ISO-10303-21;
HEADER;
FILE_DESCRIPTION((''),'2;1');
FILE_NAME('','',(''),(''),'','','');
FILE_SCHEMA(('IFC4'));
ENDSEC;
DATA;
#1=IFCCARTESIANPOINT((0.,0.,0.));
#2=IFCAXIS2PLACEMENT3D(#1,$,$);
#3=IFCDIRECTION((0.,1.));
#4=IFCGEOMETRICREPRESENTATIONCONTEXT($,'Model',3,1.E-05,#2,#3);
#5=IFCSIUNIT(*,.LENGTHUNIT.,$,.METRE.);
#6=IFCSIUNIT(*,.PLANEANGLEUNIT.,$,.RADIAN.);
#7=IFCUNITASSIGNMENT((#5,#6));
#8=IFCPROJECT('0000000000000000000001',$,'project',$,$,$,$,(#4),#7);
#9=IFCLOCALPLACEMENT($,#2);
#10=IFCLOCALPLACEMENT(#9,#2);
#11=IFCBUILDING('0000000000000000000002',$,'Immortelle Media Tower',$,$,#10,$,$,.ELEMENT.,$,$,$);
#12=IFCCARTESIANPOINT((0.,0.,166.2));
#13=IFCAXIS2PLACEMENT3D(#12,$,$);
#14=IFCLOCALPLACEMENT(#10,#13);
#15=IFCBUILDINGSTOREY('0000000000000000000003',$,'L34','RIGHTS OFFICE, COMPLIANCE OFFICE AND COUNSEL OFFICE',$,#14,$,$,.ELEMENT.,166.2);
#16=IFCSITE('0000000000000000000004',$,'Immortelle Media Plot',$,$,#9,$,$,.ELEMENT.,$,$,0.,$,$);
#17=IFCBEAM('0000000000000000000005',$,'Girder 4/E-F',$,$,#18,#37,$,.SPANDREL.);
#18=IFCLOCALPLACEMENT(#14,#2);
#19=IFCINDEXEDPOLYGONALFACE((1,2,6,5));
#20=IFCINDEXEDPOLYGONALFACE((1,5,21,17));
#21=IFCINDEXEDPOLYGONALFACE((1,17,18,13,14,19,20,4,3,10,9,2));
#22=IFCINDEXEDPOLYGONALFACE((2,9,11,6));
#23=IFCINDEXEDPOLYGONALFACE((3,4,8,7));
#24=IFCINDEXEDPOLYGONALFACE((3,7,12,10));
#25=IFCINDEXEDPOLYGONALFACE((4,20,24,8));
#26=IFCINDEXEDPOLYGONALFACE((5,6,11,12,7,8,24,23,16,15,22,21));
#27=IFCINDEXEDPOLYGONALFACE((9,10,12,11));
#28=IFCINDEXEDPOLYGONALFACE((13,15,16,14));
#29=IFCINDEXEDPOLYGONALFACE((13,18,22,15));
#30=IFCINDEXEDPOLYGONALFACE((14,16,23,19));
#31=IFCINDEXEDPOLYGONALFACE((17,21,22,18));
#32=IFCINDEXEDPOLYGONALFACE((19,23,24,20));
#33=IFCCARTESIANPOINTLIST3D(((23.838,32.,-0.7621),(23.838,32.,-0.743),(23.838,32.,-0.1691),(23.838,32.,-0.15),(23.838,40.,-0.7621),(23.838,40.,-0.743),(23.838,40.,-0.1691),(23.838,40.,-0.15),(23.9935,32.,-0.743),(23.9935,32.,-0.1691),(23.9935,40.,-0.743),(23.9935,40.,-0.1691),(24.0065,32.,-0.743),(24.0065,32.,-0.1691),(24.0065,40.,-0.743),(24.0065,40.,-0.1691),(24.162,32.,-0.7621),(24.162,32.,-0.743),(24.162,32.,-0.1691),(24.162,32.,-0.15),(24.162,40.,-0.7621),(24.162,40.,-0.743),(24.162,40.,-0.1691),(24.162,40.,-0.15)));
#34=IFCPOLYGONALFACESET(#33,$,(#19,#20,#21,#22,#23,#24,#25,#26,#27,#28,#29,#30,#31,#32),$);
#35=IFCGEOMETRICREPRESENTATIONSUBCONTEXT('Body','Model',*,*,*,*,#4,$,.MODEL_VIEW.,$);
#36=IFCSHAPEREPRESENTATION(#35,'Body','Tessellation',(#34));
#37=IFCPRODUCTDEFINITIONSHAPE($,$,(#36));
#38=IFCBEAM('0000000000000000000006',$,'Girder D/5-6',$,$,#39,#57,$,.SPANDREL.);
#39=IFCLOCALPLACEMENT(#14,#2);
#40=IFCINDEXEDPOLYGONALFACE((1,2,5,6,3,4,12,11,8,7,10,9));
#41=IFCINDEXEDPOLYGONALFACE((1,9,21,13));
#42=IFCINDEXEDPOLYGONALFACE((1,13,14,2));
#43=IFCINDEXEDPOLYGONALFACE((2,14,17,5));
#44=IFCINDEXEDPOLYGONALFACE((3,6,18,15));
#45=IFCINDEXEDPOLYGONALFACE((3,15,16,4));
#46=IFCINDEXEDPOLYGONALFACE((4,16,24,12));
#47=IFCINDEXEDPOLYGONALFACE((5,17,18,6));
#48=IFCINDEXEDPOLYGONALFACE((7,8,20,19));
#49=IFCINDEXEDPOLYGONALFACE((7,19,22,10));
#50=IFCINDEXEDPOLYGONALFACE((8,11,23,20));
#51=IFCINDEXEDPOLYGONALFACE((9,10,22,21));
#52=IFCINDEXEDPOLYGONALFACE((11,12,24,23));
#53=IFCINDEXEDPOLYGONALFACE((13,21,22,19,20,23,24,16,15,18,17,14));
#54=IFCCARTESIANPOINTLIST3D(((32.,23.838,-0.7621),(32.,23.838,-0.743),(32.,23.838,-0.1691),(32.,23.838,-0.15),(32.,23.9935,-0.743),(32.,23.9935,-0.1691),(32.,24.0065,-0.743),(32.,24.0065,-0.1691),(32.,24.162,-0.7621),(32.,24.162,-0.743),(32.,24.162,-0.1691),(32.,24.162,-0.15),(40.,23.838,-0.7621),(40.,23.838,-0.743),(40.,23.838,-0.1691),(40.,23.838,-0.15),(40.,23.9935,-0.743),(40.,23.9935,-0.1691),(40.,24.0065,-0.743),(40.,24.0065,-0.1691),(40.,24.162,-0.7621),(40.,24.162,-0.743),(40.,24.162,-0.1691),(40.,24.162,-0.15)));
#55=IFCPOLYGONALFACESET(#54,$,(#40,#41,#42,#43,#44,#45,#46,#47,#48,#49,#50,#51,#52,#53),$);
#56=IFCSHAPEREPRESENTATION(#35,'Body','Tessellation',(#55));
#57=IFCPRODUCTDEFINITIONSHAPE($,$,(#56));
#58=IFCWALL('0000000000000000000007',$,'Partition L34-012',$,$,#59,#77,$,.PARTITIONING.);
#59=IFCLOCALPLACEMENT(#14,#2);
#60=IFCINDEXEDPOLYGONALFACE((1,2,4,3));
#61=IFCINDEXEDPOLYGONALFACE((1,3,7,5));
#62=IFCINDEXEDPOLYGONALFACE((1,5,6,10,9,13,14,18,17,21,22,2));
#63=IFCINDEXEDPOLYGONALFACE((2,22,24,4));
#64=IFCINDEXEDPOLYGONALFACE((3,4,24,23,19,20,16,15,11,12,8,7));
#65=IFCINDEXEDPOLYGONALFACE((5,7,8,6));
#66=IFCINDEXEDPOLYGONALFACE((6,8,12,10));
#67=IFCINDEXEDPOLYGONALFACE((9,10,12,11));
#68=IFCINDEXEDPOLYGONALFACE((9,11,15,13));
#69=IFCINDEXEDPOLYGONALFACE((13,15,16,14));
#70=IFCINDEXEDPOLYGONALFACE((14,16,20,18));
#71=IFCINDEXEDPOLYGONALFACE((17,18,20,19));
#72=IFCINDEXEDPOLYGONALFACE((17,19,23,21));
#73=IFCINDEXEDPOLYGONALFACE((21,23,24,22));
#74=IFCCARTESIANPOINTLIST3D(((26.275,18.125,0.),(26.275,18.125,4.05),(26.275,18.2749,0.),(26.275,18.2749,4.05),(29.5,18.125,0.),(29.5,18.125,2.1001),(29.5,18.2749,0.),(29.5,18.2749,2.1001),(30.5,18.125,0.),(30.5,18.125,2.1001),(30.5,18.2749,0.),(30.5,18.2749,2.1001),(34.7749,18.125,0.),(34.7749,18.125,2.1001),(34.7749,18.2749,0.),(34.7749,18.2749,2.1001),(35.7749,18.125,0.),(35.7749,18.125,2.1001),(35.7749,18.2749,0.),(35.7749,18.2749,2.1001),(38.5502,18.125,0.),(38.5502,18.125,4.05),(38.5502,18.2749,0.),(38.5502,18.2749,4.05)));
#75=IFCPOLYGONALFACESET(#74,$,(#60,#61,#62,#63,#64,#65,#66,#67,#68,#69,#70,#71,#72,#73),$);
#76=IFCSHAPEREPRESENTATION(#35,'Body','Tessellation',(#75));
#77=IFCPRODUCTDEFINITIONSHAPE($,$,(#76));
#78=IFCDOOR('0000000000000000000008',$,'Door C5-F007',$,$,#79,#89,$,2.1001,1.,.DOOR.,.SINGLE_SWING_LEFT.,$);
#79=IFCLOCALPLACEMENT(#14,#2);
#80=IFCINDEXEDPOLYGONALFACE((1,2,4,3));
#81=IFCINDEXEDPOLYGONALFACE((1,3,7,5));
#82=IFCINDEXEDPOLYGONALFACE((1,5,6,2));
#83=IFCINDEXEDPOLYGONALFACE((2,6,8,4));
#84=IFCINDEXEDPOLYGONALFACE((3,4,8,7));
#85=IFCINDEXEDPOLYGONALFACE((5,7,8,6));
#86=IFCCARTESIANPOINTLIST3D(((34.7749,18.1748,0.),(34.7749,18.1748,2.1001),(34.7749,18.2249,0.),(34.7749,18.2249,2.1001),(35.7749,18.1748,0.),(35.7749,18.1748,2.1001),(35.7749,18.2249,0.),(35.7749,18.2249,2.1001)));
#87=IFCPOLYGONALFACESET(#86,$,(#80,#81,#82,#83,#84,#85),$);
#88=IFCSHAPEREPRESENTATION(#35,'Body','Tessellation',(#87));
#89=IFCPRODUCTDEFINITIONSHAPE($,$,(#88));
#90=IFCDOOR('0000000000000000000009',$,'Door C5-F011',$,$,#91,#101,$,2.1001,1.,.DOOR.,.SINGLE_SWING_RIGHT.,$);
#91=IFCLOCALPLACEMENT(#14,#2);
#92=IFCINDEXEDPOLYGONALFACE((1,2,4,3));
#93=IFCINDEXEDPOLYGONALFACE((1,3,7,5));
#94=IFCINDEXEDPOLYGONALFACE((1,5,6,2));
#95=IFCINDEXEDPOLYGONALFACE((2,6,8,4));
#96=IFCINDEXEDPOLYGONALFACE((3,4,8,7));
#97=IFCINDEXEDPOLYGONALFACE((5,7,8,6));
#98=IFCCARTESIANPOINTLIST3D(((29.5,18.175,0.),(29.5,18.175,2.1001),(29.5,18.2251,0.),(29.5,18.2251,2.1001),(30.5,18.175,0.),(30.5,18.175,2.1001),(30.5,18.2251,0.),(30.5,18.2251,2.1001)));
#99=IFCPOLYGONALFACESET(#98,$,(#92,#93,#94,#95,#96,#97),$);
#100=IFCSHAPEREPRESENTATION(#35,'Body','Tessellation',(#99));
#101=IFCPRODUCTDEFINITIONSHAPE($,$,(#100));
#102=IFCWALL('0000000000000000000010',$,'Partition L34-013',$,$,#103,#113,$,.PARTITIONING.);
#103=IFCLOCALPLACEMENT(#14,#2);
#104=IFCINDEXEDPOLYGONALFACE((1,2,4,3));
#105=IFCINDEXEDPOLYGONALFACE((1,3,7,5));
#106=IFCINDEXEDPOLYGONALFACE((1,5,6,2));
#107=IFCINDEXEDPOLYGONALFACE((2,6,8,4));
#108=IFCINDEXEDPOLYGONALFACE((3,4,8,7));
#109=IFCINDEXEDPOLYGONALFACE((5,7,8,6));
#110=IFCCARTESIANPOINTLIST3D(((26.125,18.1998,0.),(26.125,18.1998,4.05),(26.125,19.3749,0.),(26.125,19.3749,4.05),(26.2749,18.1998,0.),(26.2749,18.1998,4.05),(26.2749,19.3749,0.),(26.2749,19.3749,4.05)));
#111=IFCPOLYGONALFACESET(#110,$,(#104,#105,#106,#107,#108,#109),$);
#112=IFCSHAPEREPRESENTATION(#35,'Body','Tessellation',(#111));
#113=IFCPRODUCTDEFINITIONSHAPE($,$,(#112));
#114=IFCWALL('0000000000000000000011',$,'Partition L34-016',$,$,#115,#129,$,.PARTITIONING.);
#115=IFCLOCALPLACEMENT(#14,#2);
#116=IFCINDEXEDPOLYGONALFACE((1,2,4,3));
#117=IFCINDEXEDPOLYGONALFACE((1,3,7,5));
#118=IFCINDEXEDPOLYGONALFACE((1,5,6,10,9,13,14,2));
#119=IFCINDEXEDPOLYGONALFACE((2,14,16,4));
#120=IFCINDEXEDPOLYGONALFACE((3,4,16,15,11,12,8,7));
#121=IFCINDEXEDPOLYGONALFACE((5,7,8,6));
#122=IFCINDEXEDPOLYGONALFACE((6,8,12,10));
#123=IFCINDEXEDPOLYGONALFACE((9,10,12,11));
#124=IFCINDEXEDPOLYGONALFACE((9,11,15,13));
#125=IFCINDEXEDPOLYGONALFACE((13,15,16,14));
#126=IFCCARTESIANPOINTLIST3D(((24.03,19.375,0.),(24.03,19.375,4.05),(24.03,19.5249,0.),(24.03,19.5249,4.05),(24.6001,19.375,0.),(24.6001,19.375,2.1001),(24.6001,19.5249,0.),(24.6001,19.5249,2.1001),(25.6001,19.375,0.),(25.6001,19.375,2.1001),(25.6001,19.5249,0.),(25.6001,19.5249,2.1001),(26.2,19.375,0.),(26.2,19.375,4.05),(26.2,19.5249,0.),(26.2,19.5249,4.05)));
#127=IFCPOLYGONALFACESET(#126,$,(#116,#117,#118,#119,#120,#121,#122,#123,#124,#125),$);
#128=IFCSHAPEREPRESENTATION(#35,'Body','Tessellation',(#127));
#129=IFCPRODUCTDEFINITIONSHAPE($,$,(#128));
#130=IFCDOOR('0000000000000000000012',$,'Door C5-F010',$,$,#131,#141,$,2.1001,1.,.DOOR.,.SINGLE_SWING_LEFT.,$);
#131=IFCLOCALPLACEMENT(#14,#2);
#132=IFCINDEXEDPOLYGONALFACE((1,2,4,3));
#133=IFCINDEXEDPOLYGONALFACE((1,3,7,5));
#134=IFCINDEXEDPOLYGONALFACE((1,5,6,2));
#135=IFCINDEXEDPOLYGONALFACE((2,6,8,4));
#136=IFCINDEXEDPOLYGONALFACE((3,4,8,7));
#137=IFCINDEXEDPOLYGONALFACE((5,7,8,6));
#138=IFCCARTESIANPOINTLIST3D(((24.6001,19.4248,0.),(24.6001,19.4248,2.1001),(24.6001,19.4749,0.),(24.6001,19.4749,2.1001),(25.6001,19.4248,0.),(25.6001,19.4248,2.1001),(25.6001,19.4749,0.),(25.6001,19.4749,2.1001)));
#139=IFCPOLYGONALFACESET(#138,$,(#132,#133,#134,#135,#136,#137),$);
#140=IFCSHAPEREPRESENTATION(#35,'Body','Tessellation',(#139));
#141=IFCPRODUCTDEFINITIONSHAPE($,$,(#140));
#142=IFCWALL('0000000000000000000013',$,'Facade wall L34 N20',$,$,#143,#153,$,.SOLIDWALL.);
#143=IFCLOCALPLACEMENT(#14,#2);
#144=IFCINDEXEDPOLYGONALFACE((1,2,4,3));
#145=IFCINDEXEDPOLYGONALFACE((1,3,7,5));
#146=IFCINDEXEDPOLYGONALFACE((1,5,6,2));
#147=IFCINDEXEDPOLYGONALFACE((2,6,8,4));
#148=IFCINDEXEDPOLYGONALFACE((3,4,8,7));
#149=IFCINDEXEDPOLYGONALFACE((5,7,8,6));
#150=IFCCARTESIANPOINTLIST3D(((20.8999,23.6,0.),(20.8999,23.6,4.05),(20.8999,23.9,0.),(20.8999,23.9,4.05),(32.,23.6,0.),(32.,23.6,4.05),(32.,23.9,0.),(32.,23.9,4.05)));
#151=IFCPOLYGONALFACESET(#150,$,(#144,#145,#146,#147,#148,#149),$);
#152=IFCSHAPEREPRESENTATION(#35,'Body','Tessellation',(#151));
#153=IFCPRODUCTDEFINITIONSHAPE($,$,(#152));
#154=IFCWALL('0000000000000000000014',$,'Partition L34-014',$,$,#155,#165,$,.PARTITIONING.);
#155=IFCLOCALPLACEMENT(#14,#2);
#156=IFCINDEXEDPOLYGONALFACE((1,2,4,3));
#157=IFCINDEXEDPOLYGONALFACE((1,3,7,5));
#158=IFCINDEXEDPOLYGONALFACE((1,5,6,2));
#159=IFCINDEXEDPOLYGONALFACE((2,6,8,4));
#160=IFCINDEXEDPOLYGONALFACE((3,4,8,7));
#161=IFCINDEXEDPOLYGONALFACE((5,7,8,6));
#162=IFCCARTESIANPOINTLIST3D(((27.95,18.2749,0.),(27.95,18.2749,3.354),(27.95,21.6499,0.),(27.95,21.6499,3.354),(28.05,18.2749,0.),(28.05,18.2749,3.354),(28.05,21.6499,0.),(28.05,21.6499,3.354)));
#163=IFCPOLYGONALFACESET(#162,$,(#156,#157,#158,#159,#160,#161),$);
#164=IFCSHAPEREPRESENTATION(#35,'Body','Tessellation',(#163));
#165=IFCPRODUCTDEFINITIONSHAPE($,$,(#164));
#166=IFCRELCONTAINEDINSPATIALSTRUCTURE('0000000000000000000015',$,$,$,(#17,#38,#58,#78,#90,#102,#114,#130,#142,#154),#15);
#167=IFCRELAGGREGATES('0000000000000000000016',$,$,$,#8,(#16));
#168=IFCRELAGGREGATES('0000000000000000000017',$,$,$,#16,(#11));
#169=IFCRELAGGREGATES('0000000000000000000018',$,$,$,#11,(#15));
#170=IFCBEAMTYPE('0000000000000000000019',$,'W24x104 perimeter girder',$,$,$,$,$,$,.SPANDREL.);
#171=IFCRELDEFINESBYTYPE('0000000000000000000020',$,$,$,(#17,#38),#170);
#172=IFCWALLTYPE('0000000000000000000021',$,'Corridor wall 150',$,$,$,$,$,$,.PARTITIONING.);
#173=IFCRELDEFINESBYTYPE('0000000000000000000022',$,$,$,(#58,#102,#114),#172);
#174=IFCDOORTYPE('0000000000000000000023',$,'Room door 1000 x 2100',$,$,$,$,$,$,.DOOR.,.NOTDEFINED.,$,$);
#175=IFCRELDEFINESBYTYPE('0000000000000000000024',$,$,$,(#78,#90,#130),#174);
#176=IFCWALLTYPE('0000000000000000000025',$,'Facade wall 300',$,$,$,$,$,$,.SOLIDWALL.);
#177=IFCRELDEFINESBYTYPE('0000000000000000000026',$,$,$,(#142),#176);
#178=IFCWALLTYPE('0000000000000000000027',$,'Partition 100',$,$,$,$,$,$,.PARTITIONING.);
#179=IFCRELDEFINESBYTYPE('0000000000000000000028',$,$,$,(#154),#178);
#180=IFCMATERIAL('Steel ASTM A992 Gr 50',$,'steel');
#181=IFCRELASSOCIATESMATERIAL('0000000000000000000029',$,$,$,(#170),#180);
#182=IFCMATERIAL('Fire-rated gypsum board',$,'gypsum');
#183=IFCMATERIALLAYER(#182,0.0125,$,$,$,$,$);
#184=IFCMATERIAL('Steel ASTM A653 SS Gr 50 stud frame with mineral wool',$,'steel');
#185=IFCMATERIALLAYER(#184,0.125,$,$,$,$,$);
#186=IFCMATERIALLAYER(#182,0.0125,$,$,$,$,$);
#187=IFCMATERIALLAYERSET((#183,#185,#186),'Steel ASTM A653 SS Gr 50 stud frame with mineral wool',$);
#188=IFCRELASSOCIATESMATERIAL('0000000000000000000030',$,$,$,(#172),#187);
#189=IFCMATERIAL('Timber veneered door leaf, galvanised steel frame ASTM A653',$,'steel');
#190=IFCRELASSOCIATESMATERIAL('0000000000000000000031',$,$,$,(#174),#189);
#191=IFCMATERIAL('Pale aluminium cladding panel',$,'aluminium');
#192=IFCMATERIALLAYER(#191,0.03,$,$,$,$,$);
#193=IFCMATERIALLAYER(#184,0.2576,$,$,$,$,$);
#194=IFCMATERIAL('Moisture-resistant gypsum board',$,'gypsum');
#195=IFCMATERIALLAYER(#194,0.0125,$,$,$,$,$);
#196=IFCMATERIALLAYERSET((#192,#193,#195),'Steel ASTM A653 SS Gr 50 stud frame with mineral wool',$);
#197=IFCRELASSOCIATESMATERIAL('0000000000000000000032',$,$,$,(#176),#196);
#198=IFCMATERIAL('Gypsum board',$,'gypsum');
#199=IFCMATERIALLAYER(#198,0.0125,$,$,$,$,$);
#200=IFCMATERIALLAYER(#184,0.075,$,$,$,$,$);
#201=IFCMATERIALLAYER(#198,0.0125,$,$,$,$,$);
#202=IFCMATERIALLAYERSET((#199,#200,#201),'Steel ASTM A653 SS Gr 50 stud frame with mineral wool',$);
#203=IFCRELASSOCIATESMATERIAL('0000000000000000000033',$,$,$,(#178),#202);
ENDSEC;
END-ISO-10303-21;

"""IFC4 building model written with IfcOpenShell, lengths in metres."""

from ifc_helpers import new_model, si_unit, direction, frame, frame_2d, origin, origin_2d, place, context, subcontext, project, spatial, rectangle, i_section, extrude, material, layer, layer_set, material_profile, profile_set, type_object, element, fill, save


model = new_model("IFC4")

# Units and contexts
model_context = context("Model", 3, precision=1e-05, world=origin(), true_north=direction((0.0, 1.0)))
body_context = subcontext(model_context, "Body", "Model", "MODEL_VIEW")
ifc_project = project(units=[si_unit("LENGTHUNIT", "METRE"), si_unit("PLANEANGLEUNIT", "RADIAN")], contexts=[model_context])

# Site, building, storey
site_placement = place(None, origin())
site = spatial("IfcSite", under=ifc_project, at=site_placement, Name="Immortelle Media Plot", CompositionType="ELEMENT", RefElevation=0.0)
building_placement = place(site_placement, origin())
building = spatial("IfcBuilding", under=site, at=building_placement, Name="Immortelle Media Tower", CompositionType="ELEMENT")
storey_placement = place(building_placement, frame((0.0, 0.0, 166.2)))
storey = spatial("IfcBuildingStorey", under=building, at=storey_placement, Name="L34", Description="RIGHTS OFFICE, COMPLIANCE OFFICE AND COUNSEL OFFICE", CompositionType="ELEMENT", Elevation=166.2)

# Shared definitions
ifc_material_1 = material(Name="Steel ASTM A992 Gr 50", Category="steel")

# Beams
ifc_material_profile_1 = material_profile(ifc_material_1, i_section(OverallWidth=0.324, OverallDepth=0.6121, WebThickness=0.0129, FlangeThickness=0.019, at=origin_2d()), Name="W24x104")
ifc_profile_set_1 = profile_set([ifc_material_profile_1], Name="Steel ASTM A992 Gr 50")
beam_type_1 = type_object("IfcBeamType", Name="W24x104 perimeter girder", PredefinedType="SPANDREL", material=ifc_profile_set_1)
for number, where, z_axis, x_axis, name in (
    (1, (24.0, 32.0, -0.4561), (0.0, 1.0, 0.0), (-1.0, 0.0, 0.0), "Girder 4/E-F"),
    (2, (32.0, 24.0, -0.4561), (1.0, 0.0, 0.0), (0.0, 1.0, 0.0), "Girder D/5-6"),
):
    element("IfcBeam", number, at=place(storey_placement, frame(where, z_axis=z_axis, x_axis=x_axis)), inside=storey, type_object=beam_type_1, Name=name, PredefinedType="SPANDREL", context=body_context, shape_type="SweptSolid", body=[
        extrude(i_section(OverallWidth=0.324, OverallDepth=0.6121, WebThickness=0.0129, FlangeThickness=0.019, at=origin_2d()), origin(), (0.0, 0.0, 1.0), 8.0),
    ])

# Wall, openings, doors
ifc_material_2 = material(Name="Fire-rated gypsum board", Category="gypsum")
ifc_layer_1 = layer(ifc_material_2, 0.0125)
ifc_material_3 = material(Name="Steel ASTM A653 SS Gr 50 stud frame with mineral wool", Category="steel")
ifc_layer_2 = layer(ifc_material_3, 0.125)
ifc_layer_3 = layer(ifc_material_2, 0.0125)
ifc_layer_set_1 = layer_set([ifc_layer_1, ifc_layer_2, ifc_layer_3], Name="Steel ASTM A653 SS Gr 50 stud frame with mineral wool")
wall_type_1 = type_object("IfcWallType", Name="Corridor wall 150", PredefinedType="PARTITIONING", material=ifc_layer_set_1)
wall_1_placement = place(storey_placement, frame((26.2749, 18.2, 0.0), z_axis=(0.0, 0.0, 1.0), x_axis=(1.0, 0.0, 0.0)))
wall_1 = element("IfcWall", 3, at=wall_1_placement, inside=storey, type_object=wall_type_1, Name="Partition L34-012", PredefinedType="PARTITIONING", context=body_context, shape_type="SweptSolid", body=[
    extrude(rectangle(XDim=12.2751, YDim=0.1499, at=frame_2d((6.1377, 0.0))), origin(), (0.0, 0.0, 1.0), 4.05),
])
opening_1_placement = place(wall_1_placement, frame((8.5, 0.0, 0.0)))
opening_1 = element("IfcOpeningElement", 4, at=opening_1_placement, cuts=wall_1, PredefinedType="OPENING", context=body_context, shape_type="SweptSolid", body=[
    extrude(rectangle(XDim=1.0, YDim=2.1001, at=frame_2d((0.5, 1.05))), frame((0.0, 0.085, 0.0), z_axis=(0.0, -1.0, 0.0), x_axis=(1.0, 0.0, 0.0)), (0.0, 0.0, 1.0), 0.1699),
])
opening_2_placement = place(wall_1_placement, frame((4.2251, 0.0, 0.0), z_axis=(0.0, 0.0, 1.0), x_axis=(-1.0, 0.0, 0.0)))
opening_2 = element("IfcOpeningElement", 5, at=opening_2_placement, cuts=wall_1, PredefinedType="OPENING", context=body_context, shape_type="SweptSolid", body=[
    extrude(rectangle(XDim=1.0, YDim=2.1001, at=frame_2d((0.5, 1.05))), frame((0.0, 0.085, 0.0), z_axis=(0.0, -1.0, 0.0), x_axis=(1.0, 0.0, 0.0)), (0.0, 0.0, 1.0), 0.1699),
])
ifc_material_4 = material(Name="Timber veneered door leaf, galvanised steel frame ASTM A653", Category="steel")
door_type = type_object("IfcDoorType", Name="Room door 1000 x 2100", OperationType="NOTDEFINED", PredefinedType="DOOR", material=ifc_material_4)
door_1_placement = place(opening_1_placement, origin())
door_1 = element("IfcDoor", 6, at=door_1_placement, inside=storey, type_object=door_type, Name="Door C5-F007", OperationType="SINGLE_SWING_LEFT", OverallHeight=2.1001, OverallWidth=1.0, PredefinedType="DOOR", context=body_context, shape_type="SweptSolid", body=[
    extrude(rectangle(XDim=1.0, YDim=2.1001, at=frame_2d((0.5, 1.05))), frame((0.0, 0.0249, 0.0), z_axis=(0.0, -1.0, 0.0), x_axis=(1.0, 0.0, 0.0)), (0.0, 0.0, 1.0), 0.05),
])
fill(opening_1, door_1)
door_2_placement = place(opening_2_placement, origin())
door_2 = element("IfcDoor", 7, at=door_2_placement, inside=storey, type_object=door_type, Name="Door C5-F011", OperationType="SINGLE_SWING_RIGHT", OverallHeight=2.1001, OverallWidth=1.0, PredefinedType="DOOR", context=body_context, shape_type="SweptSolid", body=[
    extrude(rectangle(XDim=1.0, YDim=2.1001, at=frame_2d((0.5, 1.05))), frame((0.0, 0.0249, 0.0), z_axis=(0.0, -1.0, 0.0), x_axis=(1.0, 0.0, 0.0)), (0.0, 0.0, 1.0), 0.05),
])
fill(opening_2, door_2)

# Wall
wall_2_placement = place(storey_placement, frame((26.2, 18.2, 0.0), z_axis=(0.0, 0.0, 1.0), x_axis=(0.0, 1.0, 0.0)))
element("IfcWall", 8, at=wall_2_placement, inside=storey, type_object=wall_type_1, Name="Partition L34-013", PredefinedType="PARTITIONING", context=body_context, shape_type="SweptSolid", body=[
    extrude(rectangle(XDim=1.175, YDim=0.1499, at=frame_2d((0.5874, 0.0))), origin(), (0.0, 0.0, 1.0), 4.05),
])

# Wall, opening, door
wall_3_placement = place(storey_placement, frame((24.03, 19.45, 0.0), z_axis=(0.0, 0.0, 1.0), x_axis=(1.0, 0.0, 0.0)))
wall_3 = element("IfcWall", 9, at=wall_3_placement, inside=storey, type_object=wall_type_1, Name="Partition L34-016", PredefinedType="PARTITIONING", context=body_context, shape_type="SweptSolid", body=[
    extrude(rectangle(XDim=2.1699, YDim=0.1499, at=frame_2d((1.085, 0.0))), origin(), (0.0, 0.0, 1.0), 4.05),
])
opening_3_placement = place(wall_3_placement, frame((0.5701, 0.0, 0.0)))
opening_3 = element("IfcOpeningElement", 10, at=opening_3_placement, cuts=wall_3, PredefinedType="OPENING", context=body_context, shape_type="SweptSolid", body=[
    extrude(rectangle(XDim=1.0, YDim=2.1001, at=frame_2d((0.5, 1.05))), frame((0.0, 0.085, 0.0), z_axis=(0.0, -1.0, 0.0), x_axis=(1.0, 0.0, 0.0)), (0.0, 0.0, 1.0), 0.1699),
])
door_3_placement = place(opening_3_placement, origin())
door_3 = element("IfcDoor", 11, at=door_3_placement, inside=storey, type_object=door_type, Name="Door C5-F010", OperationType="SINGLE_SWING_LEFT", OverallHeight=2.1001, OverallWidth=1.0, PredefinedType="DOOR", context=body_context, shape_type="SweptSolid", body=[
    extrude(rectangle(XDim=1.0, YDim=2.1001, at=frame_2d((0.5, 1.05))), frame((0.0, 0.0249, 0.0), z_axis=(0.0, -1.0, 0.0), x_axis=(1.0, 0.0, 0.0)), (0.0, 0.0, 1.0), 0.05),
])
fill(opening_3, door_3)

# Walls
ifc_material_5 = material(Name="Pale aluminium cladding panel", Category="aluminium")
ifc_layer_4 = layer(ifc_material_5, 0.03)
ifc_layer_5 = layer(ifc_material_3, 0.2576)
ifc_material_6 = material(Name="Moisture-resistant gypsum board", Category="gypsum")
ifc_layer_6 = layer(ifc_material_6, 0.0125)
ifc_layer_set_2 = layer_set([ifc_layer_4, ifc_layer_5, ifc_layer_6], Name="Steel ASTM A653 SS Gr 50 stud frame with mineral wool")
wall_type_2 = type_object("IfcWallType", Name="Facade wall 300", PredefinedType="SOLIDWALL", material=ifc_layer_set_2)
wall_4_placement = place(storey_placement, frame((32.0, 23.75, 0.0), z_axis=(0.0, 0.0, 1.0), x_axis=(-1.0, 0.0, 0.0)))
element("IfcWall", 12, at=wall_4_placement, inside=storey, type_object=wall_type_2, Name="Facade wall L34 N20", PredefinedType="SOLIDWALL", context=body_context, shape_type="SweptSolid", body=[
    extrude(rectangle(XDim=11.1001, YDim=0.3, at=frame_2d((5.55, 0.0))), origin(), (0.0, 0.0, 1.0), 4.05),
])
ifc_material_7 = material(Name="Gypsum board", Category="gypsum")
ifc_layer_7 = layer(ifc_material_7, 0.0125)
ifc_layer_8 = layer(ifc_material_3, 0.075)
ifc_layer_9 = layer(ifc_material_7, 0.0125)
ifc_layer_set_3 = layer_set([ifc_layer_7, ifc_layer_8, ifc_layer_9], Name="Steel ASTM A653 SS Gr 50 stud frame with mineral wool")
wall_type_3 = type_object("IfcWallType", Name="Partition 100", PredefinedType="PARTITIONING", material=ifc_layer_set_3)
wall_5_placement = place(storey_placement, frame((28.0, 18.2749, 0.0), z_axis=(0.0, 0.0, 1.0), x_axis=(0.0, 1.0, 0.0)))
element("IfcWall", 13, at=wall_5_placement, inside=storey, type_object=wall_type_3, Name="Partition L34-014", PredefinedType="PARTITIONING", context=body_context, shape_type="SweptSolid", body=[
    extrude(rectangle(XDim=3.375, YDim=0.1001, at=frame_2d((1.6875, 0.0))), origin(), (0.0, 0.0, 1.0), 3.354),
])

save(model, "model.ifc")
